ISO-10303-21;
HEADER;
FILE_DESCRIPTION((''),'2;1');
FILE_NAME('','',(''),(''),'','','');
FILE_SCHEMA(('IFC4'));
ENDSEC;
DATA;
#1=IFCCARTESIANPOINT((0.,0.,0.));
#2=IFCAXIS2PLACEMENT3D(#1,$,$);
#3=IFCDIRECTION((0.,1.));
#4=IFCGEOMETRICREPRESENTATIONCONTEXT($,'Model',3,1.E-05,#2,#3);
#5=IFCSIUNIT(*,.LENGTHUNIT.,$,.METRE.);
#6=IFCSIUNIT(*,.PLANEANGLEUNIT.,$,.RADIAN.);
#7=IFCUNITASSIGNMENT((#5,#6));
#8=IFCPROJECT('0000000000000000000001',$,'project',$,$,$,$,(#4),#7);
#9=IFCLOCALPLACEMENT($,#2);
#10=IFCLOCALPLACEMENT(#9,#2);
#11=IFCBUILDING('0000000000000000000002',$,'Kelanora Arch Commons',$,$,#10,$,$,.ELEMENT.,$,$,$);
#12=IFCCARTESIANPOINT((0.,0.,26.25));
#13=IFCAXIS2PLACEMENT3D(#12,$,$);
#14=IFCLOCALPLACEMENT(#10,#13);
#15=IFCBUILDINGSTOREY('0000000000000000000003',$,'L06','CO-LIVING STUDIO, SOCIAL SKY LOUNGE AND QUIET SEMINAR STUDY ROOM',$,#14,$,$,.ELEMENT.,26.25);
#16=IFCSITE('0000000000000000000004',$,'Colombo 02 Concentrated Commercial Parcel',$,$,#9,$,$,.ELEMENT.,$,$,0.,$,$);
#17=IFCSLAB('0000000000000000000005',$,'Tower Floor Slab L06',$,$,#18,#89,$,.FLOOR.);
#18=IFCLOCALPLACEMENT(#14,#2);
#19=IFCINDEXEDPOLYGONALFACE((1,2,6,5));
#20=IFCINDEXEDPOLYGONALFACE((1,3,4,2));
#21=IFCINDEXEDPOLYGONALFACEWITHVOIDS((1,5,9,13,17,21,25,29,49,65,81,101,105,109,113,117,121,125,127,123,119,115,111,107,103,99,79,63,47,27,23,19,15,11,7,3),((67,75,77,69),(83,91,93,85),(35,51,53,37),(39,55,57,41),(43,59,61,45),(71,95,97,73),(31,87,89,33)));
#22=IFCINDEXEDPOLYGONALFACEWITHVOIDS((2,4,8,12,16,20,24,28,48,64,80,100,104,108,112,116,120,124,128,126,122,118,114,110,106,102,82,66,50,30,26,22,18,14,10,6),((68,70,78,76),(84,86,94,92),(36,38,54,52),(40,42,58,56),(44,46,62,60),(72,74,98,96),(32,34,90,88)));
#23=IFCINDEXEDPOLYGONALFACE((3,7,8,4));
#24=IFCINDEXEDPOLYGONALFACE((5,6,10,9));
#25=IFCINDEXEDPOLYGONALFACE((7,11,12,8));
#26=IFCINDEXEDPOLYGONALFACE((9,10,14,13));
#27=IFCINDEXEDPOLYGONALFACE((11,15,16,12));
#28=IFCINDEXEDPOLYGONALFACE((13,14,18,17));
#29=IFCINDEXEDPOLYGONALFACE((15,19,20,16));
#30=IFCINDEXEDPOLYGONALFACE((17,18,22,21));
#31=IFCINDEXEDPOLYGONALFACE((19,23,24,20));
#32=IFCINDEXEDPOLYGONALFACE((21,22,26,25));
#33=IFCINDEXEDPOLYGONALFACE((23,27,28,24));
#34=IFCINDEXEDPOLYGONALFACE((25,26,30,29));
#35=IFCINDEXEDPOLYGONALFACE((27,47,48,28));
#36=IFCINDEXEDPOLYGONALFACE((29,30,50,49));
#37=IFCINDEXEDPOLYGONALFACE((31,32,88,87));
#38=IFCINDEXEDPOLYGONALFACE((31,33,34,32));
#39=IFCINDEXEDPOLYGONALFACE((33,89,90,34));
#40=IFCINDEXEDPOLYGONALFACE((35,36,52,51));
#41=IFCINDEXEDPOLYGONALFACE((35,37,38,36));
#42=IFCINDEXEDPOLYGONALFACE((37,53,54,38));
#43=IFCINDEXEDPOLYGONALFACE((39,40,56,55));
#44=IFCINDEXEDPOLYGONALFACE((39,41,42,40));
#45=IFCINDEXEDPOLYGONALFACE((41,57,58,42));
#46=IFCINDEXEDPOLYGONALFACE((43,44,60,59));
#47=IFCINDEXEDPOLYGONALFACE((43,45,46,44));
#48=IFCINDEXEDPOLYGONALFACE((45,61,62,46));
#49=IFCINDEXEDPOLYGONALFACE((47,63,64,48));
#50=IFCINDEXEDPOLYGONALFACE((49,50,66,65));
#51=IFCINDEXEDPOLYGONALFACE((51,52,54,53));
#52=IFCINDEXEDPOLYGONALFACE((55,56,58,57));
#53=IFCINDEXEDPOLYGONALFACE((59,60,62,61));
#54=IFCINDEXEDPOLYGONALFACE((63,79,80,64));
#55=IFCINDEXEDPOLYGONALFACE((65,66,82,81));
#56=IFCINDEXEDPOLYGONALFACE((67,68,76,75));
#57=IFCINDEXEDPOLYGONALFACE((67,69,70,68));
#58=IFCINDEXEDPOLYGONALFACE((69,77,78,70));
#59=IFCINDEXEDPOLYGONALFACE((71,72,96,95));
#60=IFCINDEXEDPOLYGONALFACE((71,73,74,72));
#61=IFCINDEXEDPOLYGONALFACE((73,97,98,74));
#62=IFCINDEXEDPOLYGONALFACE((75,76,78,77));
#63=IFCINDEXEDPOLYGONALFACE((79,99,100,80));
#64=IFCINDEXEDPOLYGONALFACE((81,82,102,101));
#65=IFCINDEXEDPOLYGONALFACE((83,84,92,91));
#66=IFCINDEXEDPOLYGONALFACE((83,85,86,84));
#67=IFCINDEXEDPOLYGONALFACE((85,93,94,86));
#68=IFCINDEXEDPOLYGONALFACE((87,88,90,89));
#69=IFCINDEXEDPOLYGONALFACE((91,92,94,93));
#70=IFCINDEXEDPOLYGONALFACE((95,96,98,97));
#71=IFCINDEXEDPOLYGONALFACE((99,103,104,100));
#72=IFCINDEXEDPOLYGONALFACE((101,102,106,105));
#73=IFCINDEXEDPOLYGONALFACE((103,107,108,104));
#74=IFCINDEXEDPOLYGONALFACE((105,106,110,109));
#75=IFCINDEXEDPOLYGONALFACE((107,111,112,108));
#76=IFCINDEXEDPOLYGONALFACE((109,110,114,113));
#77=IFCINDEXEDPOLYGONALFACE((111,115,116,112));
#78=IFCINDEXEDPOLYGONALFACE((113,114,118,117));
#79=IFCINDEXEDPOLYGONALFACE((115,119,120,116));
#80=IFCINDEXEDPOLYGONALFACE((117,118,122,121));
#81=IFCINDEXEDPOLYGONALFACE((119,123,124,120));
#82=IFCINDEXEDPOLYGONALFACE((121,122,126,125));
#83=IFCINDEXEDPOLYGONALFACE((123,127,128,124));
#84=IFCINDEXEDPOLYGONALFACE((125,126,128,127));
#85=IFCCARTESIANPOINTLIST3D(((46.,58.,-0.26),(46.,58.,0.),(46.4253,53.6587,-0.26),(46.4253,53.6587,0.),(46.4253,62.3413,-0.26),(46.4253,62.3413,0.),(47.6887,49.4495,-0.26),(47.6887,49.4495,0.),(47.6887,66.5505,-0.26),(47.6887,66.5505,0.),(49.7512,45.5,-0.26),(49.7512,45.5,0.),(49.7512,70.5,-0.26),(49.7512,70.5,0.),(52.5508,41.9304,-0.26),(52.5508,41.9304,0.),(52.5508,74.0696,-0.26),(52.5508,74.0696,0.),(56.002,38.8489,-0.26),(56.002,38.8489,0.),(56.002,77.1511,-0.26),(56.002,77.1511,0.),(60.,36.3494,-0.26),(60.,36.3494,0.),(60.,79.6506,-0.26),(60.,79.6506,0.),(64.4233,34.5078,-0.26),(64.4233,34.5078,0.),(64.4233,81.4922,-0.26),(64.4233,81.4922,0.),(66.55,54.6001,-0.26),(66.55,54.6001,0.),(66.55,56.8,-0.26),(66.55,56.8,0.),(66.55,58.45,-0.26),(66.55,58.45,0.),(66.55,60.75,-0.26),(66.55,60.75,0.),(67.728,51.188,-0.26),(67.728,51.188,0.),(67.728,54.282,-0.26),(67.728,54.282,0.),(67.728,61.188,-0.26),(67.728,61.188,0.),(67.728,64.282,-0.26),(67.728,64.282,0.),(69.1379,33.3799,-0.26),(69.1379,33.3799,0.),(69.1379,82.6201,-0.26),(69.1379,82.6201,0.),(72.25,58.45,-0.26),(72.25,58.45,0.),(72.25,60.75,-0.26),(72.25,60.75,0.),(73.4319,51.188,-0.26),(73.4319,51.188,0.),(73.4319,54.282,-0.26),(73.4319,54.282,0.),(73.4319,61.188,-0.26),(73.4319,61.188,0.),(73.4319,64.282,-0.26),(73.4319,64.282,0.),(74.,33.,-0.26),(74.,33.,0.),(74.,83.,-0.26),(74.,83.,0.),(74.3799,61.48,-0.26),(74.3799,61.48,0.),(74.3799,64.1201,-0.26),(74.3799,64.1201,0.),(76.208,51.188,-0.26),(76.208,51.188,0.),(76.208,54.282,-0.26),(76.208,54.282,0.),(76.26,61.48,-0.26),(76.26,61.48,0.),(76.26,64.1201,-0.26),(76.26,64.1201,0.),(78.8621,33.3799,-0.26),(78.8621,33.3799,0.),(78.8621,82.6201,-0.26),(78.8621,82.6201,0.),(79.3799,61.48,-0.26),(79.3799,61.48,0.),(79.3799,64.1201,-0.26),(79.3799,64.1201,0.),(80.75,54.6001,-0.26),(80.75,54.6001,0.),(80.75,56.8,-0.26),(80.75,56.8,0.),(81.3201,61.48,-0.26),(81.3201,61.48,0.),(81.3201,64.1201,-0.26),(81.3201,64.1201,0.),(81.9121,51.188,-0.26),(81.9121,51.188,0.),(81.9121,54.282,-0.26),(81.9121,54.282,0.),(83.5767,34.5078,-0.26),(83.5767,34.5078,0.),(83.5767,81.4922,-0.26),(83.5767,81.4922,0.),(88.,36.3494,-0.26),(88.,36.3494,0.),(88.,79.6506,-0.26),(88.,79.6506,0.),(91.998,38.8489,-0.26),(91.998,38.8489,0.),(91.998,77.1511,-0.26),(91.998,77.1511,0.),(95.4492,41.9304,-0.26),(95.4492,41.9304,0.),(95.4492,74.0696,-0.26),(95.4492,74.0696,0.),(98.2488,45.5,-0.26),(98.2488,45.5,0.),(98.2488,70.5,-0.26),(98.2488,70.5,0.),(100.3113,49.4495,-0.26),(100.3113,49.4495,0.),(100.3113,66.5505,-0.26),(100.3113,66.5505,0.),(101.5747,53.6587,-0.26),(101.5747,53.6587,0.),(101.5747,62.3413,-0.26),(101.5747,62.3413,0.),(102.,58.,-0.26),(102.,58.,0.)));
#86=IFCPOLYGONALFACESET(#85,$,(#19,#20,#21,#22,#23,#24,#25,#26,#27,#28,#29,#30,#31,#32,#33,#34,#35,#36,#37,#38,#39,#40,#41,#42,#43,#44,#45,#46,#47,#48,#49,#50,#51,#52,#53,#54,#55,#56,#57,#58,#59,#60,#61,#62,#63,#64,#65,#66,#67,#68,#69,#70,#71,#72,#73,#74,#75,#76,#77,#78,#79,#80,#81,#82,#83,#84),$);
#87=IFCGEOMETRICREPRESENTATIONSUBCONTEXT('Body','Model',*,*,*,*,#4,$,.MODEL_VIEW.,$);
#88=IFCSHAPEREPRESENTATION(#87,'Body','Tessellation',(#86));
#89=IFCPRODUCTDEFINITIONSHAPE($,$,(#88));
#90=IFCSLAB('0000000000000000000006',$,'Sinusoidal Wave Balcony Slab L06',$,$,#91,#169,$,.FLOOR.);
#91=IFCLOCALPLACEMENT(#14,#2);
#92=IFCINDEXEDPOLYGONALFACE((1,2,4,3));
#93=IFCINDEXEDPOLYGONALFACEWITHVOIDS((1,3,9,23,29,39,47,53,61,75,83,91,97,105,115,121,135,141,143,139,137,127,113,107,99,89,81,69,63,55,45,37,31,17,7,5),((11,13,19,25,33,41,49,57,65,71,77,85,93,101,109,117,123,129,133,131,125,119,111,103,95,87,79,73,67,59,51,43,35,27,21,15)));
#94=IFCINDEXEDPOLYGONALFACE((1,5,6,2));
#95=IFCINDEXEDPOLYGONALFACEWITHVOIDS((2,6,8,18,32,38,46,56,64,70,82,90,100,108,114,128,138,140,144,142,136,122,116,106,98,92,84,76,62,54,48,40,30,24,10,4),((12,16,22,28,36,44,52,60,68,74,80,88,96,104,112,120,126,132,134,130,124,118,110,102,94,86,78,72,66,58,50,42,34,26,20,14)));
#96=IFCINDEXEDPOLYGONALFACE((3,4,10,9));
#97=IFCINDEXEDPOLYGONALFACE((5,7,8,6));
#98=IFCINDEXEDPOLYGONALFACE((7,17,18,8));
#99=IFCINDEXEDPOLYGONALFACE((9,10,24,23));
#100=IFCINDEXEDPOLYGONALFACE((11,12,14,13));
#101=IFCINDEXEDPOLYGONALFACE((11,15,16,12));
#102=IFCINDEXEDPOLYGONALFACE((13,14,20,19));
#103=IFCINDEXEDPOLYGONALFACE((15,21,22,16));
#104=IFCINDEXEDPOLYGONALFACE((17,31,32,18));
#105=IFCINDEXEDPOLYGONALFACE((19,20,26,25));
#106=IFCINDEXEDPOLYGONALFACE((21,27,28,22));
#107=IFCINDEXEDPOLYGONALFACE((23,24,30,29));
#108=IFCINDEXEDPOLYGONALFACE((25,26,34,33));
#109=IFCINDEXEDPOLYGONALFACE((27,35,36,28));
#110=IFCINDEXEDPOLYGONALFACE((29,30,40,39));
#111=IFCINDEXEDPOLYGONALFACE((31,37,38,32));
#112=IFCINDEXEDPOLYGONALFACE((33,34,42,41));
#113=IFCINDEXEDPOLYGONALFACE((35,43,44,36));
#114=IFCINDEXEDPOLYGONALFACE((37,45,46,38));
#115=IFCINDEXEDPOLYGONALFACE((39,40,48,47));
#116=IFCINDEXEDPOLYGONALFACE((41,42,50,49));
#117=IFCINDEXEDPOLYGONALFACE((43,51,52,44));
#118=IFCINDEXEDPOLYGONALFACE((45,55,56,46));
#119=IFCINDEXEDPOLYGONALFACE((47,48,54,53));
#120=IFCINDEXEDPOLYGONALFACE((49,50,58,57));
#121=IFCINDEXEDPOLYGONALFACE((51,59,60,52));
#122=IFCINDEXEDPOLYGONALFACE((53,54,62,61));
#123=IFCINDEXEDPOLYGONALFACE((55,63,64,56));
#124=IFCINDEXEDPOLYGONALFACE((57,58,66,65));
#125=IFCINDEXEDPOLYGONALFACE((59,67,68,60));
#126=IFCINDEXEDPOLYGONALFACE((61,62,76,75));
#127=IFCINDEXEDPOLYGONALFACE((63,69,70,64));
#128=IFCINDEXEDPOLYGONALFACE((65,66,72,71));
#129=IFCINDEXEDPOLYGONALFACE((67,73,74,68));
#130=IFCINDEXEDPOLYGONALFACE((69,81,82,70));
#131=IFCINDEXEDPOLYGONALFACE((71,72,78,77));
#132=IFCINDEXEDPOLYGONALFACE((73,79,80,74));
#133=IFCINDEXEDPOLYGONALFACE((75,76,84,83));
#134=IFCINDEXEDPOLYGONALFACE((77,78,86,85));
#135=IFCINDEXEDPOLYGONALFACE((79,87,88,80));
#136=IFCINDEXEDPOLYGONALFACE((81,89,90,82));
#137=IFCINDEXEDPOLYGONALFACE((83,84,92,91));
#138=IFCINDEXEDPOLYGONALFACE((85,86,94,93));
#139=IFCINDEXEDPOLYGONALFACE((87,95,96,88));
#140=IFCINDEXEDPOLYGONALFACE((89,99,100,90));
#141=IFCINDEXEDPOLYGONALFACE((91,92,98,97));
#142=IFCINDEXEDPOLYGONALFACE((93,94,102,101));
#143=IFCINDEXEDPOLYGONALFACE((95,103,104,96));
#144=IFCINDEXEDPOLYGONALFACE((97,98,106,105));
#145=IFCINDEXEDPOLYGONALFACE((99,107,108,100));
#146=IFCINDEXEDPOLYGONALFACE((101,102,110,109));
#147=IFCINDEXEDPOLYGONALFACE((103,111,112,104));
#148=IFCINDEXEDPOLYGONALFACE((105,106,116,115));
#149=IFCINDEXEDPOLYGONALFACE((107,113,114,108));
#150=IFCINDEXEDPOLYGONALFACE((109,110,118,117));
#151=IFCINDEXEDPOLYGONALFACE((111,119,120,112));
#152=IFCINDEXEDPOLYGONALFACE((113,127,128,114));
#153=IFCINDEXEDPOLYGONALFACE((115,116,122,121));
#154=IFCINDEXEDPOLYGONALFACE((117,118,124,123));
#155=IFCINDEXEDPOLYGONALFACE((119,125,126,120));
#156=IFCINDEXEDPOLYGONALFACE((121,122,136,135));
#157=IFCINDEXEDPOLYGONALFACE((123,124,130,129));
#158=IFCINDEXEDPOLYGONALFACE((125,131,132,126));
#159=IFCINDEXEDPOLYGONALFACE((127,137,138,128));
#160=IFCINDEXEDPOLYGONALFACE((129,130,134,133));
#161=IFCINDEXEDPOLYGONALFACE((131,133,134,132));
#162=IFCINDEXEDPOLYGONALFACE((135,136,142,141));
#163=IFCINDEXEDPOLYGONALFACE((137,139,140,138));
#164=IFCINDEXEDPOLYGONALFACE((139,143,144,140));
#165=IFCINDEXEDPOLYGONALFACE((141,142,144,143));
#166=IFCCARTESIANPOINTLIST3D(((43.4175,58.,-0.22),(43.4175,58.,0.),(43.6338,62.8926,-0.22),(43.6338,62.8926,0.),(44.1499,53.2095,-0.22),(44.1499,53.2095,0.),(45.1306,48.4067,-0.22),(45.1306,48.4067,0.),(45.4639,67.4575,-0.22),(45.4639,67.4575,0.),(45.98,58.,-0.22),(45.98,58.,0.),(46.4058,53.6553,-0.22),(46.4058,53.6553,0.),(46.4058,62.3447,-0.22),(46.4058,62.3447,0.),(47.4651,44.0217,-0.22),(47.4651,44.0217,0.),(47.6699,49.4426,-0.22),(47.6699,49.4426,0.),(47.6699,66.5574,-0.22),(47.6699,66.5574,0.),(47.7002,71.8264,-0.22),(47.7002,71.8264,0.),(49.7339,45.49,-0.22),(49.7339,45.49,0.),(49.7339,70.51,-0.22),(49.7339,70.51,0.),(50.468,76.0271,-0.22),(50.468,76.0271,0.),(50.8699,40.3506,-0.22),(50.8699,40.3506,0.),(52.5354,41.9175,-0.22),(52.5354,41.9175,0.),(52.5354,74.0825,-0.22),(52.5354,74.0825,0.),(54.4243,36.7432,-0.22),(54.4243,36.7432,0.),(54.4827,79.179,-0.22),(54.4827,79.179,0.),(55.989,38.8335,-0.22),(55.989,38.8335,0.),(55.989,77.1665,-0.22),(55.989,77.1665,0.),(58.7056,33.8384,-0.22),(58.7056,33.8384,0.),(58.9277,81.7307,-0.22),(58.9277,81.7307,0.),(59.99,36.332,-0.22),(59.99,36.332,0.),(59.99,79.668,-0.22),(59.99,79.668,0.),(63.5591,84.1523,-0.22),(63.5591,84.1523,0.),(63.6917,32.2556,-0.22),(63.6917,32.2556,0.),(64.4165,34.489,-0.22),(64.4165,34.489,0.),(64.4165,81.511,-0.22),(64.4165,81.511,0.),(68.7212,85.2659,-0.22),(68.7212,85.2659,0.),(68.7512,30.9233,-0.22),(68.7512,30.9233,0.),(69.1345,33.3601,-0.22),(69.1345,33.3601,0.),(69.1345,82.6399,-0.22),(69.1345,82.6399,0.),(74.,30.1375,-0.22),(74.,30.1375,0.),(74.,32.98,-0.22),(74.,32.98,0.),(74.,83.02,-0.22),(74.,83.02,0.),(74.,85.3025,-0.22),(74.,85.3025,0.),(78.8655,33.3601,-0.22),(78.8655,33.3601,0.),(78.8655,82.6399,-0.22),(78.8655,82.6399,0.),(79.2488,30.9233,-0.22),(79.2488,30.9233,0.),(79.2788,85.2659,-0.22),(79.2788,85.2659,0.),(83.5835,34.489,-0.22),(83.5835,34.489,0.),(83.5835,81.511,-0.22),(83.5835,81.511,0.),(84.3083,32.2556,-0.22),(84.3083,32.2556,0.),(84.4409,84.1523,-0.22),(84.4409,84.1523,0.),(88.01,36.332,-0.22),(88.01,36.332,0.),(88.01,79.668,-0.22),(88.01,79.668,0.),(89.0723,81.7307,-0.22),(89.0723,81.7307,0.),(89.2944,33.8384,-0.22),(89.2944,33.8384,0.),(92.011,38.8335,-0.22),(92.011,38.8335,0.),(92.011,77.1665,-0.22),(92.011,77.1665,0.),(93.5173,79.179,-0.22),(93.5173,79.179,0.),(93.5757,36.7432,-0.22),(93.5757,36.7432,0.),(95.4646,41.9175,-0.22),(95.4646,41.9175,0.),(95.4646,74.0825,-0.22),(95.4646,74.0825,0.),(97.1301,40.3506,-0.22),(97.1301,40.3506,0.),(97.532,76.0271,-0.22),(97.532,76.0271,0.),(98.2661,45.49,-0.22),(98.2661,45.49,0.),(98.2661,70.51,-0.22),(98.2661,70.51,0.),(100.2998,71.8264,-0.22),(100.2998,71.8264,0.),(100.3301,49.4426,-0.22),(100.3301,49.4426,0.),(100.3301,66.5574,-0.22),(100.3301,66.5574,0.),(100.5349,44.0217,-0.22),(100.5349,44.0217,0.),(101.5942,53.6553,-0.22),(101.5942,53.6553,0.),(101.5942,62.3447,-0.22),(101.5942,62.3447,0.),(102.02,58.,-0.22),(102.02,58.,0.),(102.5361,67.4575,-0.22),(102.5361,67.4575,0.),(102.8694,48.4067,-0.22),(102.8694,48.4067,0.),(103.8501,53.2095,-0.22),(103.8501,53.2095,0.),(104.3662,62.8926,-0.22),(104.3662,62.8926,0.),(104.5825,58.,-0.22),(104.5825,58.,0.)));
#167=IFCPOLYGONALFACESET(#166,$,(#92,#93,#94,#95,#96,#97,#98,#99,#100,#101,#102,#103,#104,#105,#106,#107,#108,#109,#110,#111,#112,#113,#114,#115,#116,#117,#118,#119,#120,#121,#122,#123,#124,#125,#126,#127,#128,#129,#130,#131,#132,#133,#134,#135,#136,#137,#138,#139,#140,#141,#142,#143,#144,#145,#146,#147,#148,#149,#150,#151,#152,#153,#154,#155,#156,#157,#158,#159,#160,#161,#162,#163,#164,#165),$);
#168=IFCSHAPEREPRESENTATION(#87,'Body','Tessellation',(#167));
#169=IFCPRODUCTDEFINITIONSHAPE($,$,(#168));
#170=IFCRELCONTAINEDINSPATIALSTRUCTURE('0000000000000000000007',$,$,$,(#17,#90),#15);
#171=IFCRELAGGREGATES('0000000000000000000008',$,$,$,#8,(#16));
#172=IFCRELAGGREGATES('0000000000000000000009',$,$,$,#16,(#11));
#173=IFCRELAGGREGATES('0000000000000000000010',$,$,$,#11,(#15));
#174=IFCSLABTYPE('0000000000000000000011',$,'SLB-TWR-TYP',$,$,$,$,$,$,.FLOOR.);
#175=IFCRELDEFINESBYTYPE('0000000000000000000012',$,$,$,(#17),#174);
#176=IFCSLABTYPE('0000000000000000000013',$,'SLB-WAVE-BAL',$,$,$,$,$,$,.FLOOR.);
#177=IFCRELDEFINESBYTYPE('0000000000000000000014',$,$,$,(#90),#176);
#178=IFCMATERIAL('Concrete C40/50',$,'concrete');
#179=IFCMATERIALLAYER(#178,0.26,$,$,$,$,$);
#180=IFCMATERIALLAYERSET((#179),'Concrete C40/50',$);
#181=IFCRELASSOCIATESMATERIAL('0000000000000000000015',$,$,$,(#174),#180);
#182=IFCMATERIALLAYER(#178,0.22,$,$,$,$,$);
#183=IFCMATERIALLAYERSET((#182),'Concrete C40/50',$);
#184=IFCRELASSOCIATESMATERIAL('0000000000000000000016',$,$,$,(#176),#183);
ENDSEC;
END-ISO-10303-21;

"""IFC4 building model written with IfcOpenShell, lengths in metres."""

from ifc_helpers import new_model, si_unit, direction, frame, origin, place, context, subcontext, project, spatial, polyline, outline, extrude, material, layer, layer_set, type_object, element, save


model = new_model("IFC4")

# Units and contexts
model_context = context("Model", 3, precision=1e-05, world=origin(), true_north=direction((0.0, 1.0)))
body_context = subcontext(model_context, "Body", "Model", "MODEL_VIEW")
ifc_project = project(units=[si_unit("LENGTHUNIT", "METRE"), si_unit("PLANEANGLEUNIT", "RADIAN")], contexts=[model_context])

# Site, building, storey
site_placement = place(None, origin())
site = spatial("IfcSite", under=ifc_project, at=site_placement, Name="Colombo 02 Concentrated Commercial Parcel", CompositionType="ELEMENT", RefElevation=0.0)
building_placement = place(site_placement, origin())
building = spatial("IfcBuilding", under=site, at=building_placement, Name="Kelanora Arch Commons", CompositionType="ELEMENT")
storey_placement = place(building_placement, frame((0.0, 0.0, 26.25)))
storey = spatial("IfcBuildingStorey", under=building, at=storey_placement, Name="L06", Description="CO-LIVING STUDIO, SOCIAL SKY LOUNGE AND QUIET SEMINAR STUDY ROOM", CompositionType="ELEMENT", Elevation=26.25)

# Shared definitions
ifc_material_1 = material(Name="Concrete C40/50", Category="concrete")

# Slabs
ifc_layer_1 = layer(ifc_material_1, 0.26)
ifc_layer_set_1 = layer_set([ifc_layer_1], Name="Concrete C40/50")
slab_type_1 = type_object("IfcSlabType", Name="SLB-TWR-TYP", PredefinedType="FLOOR", material=ifc_layer_set_1)
slab_1_placement = place(storey_placement, frame((0.0, 0.0, -0.26)))
element("IfcSlab", 1, at=slab_1_placement, inside=storey, type_object=slab_type_1, Name="Tower Floor Slab L06", PredefinedType="FLOOR", context=body_context, shape_type="SweptSolid", body=[
    extrude(outline(polyline([(102.0, 58.0), (101.5747, 62.3413), (100.3113, 66.5505), (98.2488, 70.5), (95.4492, 74.0696), (91.998, 77.1511), (88.0, 79.6506), (83.5767, 81.4922), (78.8621, 82.6201), (74.0, 83.0), (69.1379, 82.6201), (64.4233, 81.4922), (60.0, 79.6506), (56.002, 77.1511), (52.5508, 74.0696), (49.7512, 70.5), (47.6887, 66.5505), (46.4253, 62.3413), (46.0, 58.0), (46.4253, 53.6587), (47.6887, 49.4495), (49.7512, 45.5), (52.5508, 41.9304), (56.002, 38.8489), (60.0, 36.3494), (64.4233, 34.5078), (69.1379, 33.3799), (74.0, 33.0), (78.8621, 33.3799), (83.5767, 34.5078), (88.0, 36.3494), (91.998, 38.8489), (95.4492, 41.9304), (98.2488, 45.5), (100.3113, 49.4495), (101.5747, 53.6587), (102.0, 58.0)]), holes=[polyline([(73.4319, 51.188), (67.728, 51.188), (67.728, 54.282), (73.4319, 54.282), (73.4319, 51.188)]), polyline([(76.208, 51.188), (76.208, 54.282), (81.9121, 54.282), (81.9121, 51.188), (76.208, 51.188)]), polyline([(66.55, 54.6001), (66.55, 56.8), (80.75, 56.8), (80.75, 54.6001), (66.55, 54.6001)]), polyline([(66.55, 58.45), (66.55, 60.75), (72.25, 60.75), (72.25, 58.45), (66.55, 58.45)]), polyline([(67.728, 61.188), (67.728, 64.282), (73.4319, 64.282), (73.4319, 61.188), (67.728, 61.188)]), polyline([(74.3799, 61.48), (74.3799, 64.1201), (76.26, 64.1201), (76.26, 61.48), (74.3799, 61.48)]), polyline([(79.3799, 61.48), (79.3799, 64.1201), (81.3201, 64.1201), (81.3201, 61.48), (79.3799, 61.48)])]), origin(), (0.0, 0.0, 1.0), 0.26),
])
ifc_layer_2 = layer(ifc_material_1, 0.22)
ifc_layer_set_2 = layer_set([ifc_layer_2], Name="Concrete C40/50")
slab_type_2 = type_object("IfcSlabType", Name="SLB-WAVE-BAL", PredefinedType="FLOOR", material=ifc_layer_set_2)
slab_2_placement = place(storey_placement, frame((0.0, 0.0, -0.22)))
element("IfcSlab", 2, at=slab_2_placement, inside=storey, type_object=slab_type_2, Name="Sinusoidal Wave Balcony Slab L06", PredefinedType="FLOOR", context=body_context, shape_type="SweptSolid", body=[
    extrude(outline(polyline([(104.5825, 58.0), (104.3662, 62.8926), (102.5361, 67.4575), (100.2998, 71.8264), (97.532, 76.0271), (93.5173, 79.179), (89.0723, 81.7307), (84.4409, 84.1523), (79.2788, 85.2659), (74.0, 85.3025), (68.7212, 85.2659), (63.5591, 84.1523), (58.9277, 81.7307), (54.4827, 79.179), (50.468, 76.0271), (47.7002, 71.8264), (45.4639, 67.4575), (43.6338, 62.8926), (43.4175, 58.0), (44.1499, 53.2095), (45.1306, 48.4067), (47.4651, 44.0217), (50.8699, 40.3506), (54.4243, 36.7432), (58.7056, 33.8384), (63.6917, 32.2556), (68.7512, 30.9233), (74.0, 30.1375), (79.2488, 30.9233), (84.3083, 32.2556), (89.2944, 33.8384), (93.5757, 36.7432), (97.1301, 40.3506), (100.5349, 44.0217), (102.8694, 48.4067), (103.8501, 53.2095), (104.5825, 58.0)]), holes=[polyline([(101.5942, 53.6553), (100.3301, 49.4426), (98.2661, 45.49), (95.4646, 41.9175), (92.011, 38.8335), (88.01, 36.332), (83.5835, 34.489), (78.8655, 33.3601), (74.0, 32.98), (69.1345, 33.3601), (64.4165, 34.489), (59.99, 36.332), (55.989, 38.8335), (52.5354, 41.9175), (49.7339, 45.49), (47.6699, 49.4426), (46.4058, 53.6553), (45.98, 58.0), (46.4058, 62.3447), (47.6699, 66.5574), (49.7339, 70.51), (52.5354, 74.0825), (55.989, 77.1665), (59.99, 79.668), (64.4165, 81.511), (69.1345, 82.6399), (74.0, 83.02), (78.8655, 82.6399), (83.5835, 81.511), (88.01, 79.668), (92.011, 77.1665), (95.4646, 74.0825), (98.2661, 70.51), (100.3301, 66.5574), (101.5942, 62.3447), (102.02, 58.0), (101.5942, 53.6553)])]), origin(), (0.0, 0.0, 1.0), 0.22),
])

save(model, "model.ifc")
